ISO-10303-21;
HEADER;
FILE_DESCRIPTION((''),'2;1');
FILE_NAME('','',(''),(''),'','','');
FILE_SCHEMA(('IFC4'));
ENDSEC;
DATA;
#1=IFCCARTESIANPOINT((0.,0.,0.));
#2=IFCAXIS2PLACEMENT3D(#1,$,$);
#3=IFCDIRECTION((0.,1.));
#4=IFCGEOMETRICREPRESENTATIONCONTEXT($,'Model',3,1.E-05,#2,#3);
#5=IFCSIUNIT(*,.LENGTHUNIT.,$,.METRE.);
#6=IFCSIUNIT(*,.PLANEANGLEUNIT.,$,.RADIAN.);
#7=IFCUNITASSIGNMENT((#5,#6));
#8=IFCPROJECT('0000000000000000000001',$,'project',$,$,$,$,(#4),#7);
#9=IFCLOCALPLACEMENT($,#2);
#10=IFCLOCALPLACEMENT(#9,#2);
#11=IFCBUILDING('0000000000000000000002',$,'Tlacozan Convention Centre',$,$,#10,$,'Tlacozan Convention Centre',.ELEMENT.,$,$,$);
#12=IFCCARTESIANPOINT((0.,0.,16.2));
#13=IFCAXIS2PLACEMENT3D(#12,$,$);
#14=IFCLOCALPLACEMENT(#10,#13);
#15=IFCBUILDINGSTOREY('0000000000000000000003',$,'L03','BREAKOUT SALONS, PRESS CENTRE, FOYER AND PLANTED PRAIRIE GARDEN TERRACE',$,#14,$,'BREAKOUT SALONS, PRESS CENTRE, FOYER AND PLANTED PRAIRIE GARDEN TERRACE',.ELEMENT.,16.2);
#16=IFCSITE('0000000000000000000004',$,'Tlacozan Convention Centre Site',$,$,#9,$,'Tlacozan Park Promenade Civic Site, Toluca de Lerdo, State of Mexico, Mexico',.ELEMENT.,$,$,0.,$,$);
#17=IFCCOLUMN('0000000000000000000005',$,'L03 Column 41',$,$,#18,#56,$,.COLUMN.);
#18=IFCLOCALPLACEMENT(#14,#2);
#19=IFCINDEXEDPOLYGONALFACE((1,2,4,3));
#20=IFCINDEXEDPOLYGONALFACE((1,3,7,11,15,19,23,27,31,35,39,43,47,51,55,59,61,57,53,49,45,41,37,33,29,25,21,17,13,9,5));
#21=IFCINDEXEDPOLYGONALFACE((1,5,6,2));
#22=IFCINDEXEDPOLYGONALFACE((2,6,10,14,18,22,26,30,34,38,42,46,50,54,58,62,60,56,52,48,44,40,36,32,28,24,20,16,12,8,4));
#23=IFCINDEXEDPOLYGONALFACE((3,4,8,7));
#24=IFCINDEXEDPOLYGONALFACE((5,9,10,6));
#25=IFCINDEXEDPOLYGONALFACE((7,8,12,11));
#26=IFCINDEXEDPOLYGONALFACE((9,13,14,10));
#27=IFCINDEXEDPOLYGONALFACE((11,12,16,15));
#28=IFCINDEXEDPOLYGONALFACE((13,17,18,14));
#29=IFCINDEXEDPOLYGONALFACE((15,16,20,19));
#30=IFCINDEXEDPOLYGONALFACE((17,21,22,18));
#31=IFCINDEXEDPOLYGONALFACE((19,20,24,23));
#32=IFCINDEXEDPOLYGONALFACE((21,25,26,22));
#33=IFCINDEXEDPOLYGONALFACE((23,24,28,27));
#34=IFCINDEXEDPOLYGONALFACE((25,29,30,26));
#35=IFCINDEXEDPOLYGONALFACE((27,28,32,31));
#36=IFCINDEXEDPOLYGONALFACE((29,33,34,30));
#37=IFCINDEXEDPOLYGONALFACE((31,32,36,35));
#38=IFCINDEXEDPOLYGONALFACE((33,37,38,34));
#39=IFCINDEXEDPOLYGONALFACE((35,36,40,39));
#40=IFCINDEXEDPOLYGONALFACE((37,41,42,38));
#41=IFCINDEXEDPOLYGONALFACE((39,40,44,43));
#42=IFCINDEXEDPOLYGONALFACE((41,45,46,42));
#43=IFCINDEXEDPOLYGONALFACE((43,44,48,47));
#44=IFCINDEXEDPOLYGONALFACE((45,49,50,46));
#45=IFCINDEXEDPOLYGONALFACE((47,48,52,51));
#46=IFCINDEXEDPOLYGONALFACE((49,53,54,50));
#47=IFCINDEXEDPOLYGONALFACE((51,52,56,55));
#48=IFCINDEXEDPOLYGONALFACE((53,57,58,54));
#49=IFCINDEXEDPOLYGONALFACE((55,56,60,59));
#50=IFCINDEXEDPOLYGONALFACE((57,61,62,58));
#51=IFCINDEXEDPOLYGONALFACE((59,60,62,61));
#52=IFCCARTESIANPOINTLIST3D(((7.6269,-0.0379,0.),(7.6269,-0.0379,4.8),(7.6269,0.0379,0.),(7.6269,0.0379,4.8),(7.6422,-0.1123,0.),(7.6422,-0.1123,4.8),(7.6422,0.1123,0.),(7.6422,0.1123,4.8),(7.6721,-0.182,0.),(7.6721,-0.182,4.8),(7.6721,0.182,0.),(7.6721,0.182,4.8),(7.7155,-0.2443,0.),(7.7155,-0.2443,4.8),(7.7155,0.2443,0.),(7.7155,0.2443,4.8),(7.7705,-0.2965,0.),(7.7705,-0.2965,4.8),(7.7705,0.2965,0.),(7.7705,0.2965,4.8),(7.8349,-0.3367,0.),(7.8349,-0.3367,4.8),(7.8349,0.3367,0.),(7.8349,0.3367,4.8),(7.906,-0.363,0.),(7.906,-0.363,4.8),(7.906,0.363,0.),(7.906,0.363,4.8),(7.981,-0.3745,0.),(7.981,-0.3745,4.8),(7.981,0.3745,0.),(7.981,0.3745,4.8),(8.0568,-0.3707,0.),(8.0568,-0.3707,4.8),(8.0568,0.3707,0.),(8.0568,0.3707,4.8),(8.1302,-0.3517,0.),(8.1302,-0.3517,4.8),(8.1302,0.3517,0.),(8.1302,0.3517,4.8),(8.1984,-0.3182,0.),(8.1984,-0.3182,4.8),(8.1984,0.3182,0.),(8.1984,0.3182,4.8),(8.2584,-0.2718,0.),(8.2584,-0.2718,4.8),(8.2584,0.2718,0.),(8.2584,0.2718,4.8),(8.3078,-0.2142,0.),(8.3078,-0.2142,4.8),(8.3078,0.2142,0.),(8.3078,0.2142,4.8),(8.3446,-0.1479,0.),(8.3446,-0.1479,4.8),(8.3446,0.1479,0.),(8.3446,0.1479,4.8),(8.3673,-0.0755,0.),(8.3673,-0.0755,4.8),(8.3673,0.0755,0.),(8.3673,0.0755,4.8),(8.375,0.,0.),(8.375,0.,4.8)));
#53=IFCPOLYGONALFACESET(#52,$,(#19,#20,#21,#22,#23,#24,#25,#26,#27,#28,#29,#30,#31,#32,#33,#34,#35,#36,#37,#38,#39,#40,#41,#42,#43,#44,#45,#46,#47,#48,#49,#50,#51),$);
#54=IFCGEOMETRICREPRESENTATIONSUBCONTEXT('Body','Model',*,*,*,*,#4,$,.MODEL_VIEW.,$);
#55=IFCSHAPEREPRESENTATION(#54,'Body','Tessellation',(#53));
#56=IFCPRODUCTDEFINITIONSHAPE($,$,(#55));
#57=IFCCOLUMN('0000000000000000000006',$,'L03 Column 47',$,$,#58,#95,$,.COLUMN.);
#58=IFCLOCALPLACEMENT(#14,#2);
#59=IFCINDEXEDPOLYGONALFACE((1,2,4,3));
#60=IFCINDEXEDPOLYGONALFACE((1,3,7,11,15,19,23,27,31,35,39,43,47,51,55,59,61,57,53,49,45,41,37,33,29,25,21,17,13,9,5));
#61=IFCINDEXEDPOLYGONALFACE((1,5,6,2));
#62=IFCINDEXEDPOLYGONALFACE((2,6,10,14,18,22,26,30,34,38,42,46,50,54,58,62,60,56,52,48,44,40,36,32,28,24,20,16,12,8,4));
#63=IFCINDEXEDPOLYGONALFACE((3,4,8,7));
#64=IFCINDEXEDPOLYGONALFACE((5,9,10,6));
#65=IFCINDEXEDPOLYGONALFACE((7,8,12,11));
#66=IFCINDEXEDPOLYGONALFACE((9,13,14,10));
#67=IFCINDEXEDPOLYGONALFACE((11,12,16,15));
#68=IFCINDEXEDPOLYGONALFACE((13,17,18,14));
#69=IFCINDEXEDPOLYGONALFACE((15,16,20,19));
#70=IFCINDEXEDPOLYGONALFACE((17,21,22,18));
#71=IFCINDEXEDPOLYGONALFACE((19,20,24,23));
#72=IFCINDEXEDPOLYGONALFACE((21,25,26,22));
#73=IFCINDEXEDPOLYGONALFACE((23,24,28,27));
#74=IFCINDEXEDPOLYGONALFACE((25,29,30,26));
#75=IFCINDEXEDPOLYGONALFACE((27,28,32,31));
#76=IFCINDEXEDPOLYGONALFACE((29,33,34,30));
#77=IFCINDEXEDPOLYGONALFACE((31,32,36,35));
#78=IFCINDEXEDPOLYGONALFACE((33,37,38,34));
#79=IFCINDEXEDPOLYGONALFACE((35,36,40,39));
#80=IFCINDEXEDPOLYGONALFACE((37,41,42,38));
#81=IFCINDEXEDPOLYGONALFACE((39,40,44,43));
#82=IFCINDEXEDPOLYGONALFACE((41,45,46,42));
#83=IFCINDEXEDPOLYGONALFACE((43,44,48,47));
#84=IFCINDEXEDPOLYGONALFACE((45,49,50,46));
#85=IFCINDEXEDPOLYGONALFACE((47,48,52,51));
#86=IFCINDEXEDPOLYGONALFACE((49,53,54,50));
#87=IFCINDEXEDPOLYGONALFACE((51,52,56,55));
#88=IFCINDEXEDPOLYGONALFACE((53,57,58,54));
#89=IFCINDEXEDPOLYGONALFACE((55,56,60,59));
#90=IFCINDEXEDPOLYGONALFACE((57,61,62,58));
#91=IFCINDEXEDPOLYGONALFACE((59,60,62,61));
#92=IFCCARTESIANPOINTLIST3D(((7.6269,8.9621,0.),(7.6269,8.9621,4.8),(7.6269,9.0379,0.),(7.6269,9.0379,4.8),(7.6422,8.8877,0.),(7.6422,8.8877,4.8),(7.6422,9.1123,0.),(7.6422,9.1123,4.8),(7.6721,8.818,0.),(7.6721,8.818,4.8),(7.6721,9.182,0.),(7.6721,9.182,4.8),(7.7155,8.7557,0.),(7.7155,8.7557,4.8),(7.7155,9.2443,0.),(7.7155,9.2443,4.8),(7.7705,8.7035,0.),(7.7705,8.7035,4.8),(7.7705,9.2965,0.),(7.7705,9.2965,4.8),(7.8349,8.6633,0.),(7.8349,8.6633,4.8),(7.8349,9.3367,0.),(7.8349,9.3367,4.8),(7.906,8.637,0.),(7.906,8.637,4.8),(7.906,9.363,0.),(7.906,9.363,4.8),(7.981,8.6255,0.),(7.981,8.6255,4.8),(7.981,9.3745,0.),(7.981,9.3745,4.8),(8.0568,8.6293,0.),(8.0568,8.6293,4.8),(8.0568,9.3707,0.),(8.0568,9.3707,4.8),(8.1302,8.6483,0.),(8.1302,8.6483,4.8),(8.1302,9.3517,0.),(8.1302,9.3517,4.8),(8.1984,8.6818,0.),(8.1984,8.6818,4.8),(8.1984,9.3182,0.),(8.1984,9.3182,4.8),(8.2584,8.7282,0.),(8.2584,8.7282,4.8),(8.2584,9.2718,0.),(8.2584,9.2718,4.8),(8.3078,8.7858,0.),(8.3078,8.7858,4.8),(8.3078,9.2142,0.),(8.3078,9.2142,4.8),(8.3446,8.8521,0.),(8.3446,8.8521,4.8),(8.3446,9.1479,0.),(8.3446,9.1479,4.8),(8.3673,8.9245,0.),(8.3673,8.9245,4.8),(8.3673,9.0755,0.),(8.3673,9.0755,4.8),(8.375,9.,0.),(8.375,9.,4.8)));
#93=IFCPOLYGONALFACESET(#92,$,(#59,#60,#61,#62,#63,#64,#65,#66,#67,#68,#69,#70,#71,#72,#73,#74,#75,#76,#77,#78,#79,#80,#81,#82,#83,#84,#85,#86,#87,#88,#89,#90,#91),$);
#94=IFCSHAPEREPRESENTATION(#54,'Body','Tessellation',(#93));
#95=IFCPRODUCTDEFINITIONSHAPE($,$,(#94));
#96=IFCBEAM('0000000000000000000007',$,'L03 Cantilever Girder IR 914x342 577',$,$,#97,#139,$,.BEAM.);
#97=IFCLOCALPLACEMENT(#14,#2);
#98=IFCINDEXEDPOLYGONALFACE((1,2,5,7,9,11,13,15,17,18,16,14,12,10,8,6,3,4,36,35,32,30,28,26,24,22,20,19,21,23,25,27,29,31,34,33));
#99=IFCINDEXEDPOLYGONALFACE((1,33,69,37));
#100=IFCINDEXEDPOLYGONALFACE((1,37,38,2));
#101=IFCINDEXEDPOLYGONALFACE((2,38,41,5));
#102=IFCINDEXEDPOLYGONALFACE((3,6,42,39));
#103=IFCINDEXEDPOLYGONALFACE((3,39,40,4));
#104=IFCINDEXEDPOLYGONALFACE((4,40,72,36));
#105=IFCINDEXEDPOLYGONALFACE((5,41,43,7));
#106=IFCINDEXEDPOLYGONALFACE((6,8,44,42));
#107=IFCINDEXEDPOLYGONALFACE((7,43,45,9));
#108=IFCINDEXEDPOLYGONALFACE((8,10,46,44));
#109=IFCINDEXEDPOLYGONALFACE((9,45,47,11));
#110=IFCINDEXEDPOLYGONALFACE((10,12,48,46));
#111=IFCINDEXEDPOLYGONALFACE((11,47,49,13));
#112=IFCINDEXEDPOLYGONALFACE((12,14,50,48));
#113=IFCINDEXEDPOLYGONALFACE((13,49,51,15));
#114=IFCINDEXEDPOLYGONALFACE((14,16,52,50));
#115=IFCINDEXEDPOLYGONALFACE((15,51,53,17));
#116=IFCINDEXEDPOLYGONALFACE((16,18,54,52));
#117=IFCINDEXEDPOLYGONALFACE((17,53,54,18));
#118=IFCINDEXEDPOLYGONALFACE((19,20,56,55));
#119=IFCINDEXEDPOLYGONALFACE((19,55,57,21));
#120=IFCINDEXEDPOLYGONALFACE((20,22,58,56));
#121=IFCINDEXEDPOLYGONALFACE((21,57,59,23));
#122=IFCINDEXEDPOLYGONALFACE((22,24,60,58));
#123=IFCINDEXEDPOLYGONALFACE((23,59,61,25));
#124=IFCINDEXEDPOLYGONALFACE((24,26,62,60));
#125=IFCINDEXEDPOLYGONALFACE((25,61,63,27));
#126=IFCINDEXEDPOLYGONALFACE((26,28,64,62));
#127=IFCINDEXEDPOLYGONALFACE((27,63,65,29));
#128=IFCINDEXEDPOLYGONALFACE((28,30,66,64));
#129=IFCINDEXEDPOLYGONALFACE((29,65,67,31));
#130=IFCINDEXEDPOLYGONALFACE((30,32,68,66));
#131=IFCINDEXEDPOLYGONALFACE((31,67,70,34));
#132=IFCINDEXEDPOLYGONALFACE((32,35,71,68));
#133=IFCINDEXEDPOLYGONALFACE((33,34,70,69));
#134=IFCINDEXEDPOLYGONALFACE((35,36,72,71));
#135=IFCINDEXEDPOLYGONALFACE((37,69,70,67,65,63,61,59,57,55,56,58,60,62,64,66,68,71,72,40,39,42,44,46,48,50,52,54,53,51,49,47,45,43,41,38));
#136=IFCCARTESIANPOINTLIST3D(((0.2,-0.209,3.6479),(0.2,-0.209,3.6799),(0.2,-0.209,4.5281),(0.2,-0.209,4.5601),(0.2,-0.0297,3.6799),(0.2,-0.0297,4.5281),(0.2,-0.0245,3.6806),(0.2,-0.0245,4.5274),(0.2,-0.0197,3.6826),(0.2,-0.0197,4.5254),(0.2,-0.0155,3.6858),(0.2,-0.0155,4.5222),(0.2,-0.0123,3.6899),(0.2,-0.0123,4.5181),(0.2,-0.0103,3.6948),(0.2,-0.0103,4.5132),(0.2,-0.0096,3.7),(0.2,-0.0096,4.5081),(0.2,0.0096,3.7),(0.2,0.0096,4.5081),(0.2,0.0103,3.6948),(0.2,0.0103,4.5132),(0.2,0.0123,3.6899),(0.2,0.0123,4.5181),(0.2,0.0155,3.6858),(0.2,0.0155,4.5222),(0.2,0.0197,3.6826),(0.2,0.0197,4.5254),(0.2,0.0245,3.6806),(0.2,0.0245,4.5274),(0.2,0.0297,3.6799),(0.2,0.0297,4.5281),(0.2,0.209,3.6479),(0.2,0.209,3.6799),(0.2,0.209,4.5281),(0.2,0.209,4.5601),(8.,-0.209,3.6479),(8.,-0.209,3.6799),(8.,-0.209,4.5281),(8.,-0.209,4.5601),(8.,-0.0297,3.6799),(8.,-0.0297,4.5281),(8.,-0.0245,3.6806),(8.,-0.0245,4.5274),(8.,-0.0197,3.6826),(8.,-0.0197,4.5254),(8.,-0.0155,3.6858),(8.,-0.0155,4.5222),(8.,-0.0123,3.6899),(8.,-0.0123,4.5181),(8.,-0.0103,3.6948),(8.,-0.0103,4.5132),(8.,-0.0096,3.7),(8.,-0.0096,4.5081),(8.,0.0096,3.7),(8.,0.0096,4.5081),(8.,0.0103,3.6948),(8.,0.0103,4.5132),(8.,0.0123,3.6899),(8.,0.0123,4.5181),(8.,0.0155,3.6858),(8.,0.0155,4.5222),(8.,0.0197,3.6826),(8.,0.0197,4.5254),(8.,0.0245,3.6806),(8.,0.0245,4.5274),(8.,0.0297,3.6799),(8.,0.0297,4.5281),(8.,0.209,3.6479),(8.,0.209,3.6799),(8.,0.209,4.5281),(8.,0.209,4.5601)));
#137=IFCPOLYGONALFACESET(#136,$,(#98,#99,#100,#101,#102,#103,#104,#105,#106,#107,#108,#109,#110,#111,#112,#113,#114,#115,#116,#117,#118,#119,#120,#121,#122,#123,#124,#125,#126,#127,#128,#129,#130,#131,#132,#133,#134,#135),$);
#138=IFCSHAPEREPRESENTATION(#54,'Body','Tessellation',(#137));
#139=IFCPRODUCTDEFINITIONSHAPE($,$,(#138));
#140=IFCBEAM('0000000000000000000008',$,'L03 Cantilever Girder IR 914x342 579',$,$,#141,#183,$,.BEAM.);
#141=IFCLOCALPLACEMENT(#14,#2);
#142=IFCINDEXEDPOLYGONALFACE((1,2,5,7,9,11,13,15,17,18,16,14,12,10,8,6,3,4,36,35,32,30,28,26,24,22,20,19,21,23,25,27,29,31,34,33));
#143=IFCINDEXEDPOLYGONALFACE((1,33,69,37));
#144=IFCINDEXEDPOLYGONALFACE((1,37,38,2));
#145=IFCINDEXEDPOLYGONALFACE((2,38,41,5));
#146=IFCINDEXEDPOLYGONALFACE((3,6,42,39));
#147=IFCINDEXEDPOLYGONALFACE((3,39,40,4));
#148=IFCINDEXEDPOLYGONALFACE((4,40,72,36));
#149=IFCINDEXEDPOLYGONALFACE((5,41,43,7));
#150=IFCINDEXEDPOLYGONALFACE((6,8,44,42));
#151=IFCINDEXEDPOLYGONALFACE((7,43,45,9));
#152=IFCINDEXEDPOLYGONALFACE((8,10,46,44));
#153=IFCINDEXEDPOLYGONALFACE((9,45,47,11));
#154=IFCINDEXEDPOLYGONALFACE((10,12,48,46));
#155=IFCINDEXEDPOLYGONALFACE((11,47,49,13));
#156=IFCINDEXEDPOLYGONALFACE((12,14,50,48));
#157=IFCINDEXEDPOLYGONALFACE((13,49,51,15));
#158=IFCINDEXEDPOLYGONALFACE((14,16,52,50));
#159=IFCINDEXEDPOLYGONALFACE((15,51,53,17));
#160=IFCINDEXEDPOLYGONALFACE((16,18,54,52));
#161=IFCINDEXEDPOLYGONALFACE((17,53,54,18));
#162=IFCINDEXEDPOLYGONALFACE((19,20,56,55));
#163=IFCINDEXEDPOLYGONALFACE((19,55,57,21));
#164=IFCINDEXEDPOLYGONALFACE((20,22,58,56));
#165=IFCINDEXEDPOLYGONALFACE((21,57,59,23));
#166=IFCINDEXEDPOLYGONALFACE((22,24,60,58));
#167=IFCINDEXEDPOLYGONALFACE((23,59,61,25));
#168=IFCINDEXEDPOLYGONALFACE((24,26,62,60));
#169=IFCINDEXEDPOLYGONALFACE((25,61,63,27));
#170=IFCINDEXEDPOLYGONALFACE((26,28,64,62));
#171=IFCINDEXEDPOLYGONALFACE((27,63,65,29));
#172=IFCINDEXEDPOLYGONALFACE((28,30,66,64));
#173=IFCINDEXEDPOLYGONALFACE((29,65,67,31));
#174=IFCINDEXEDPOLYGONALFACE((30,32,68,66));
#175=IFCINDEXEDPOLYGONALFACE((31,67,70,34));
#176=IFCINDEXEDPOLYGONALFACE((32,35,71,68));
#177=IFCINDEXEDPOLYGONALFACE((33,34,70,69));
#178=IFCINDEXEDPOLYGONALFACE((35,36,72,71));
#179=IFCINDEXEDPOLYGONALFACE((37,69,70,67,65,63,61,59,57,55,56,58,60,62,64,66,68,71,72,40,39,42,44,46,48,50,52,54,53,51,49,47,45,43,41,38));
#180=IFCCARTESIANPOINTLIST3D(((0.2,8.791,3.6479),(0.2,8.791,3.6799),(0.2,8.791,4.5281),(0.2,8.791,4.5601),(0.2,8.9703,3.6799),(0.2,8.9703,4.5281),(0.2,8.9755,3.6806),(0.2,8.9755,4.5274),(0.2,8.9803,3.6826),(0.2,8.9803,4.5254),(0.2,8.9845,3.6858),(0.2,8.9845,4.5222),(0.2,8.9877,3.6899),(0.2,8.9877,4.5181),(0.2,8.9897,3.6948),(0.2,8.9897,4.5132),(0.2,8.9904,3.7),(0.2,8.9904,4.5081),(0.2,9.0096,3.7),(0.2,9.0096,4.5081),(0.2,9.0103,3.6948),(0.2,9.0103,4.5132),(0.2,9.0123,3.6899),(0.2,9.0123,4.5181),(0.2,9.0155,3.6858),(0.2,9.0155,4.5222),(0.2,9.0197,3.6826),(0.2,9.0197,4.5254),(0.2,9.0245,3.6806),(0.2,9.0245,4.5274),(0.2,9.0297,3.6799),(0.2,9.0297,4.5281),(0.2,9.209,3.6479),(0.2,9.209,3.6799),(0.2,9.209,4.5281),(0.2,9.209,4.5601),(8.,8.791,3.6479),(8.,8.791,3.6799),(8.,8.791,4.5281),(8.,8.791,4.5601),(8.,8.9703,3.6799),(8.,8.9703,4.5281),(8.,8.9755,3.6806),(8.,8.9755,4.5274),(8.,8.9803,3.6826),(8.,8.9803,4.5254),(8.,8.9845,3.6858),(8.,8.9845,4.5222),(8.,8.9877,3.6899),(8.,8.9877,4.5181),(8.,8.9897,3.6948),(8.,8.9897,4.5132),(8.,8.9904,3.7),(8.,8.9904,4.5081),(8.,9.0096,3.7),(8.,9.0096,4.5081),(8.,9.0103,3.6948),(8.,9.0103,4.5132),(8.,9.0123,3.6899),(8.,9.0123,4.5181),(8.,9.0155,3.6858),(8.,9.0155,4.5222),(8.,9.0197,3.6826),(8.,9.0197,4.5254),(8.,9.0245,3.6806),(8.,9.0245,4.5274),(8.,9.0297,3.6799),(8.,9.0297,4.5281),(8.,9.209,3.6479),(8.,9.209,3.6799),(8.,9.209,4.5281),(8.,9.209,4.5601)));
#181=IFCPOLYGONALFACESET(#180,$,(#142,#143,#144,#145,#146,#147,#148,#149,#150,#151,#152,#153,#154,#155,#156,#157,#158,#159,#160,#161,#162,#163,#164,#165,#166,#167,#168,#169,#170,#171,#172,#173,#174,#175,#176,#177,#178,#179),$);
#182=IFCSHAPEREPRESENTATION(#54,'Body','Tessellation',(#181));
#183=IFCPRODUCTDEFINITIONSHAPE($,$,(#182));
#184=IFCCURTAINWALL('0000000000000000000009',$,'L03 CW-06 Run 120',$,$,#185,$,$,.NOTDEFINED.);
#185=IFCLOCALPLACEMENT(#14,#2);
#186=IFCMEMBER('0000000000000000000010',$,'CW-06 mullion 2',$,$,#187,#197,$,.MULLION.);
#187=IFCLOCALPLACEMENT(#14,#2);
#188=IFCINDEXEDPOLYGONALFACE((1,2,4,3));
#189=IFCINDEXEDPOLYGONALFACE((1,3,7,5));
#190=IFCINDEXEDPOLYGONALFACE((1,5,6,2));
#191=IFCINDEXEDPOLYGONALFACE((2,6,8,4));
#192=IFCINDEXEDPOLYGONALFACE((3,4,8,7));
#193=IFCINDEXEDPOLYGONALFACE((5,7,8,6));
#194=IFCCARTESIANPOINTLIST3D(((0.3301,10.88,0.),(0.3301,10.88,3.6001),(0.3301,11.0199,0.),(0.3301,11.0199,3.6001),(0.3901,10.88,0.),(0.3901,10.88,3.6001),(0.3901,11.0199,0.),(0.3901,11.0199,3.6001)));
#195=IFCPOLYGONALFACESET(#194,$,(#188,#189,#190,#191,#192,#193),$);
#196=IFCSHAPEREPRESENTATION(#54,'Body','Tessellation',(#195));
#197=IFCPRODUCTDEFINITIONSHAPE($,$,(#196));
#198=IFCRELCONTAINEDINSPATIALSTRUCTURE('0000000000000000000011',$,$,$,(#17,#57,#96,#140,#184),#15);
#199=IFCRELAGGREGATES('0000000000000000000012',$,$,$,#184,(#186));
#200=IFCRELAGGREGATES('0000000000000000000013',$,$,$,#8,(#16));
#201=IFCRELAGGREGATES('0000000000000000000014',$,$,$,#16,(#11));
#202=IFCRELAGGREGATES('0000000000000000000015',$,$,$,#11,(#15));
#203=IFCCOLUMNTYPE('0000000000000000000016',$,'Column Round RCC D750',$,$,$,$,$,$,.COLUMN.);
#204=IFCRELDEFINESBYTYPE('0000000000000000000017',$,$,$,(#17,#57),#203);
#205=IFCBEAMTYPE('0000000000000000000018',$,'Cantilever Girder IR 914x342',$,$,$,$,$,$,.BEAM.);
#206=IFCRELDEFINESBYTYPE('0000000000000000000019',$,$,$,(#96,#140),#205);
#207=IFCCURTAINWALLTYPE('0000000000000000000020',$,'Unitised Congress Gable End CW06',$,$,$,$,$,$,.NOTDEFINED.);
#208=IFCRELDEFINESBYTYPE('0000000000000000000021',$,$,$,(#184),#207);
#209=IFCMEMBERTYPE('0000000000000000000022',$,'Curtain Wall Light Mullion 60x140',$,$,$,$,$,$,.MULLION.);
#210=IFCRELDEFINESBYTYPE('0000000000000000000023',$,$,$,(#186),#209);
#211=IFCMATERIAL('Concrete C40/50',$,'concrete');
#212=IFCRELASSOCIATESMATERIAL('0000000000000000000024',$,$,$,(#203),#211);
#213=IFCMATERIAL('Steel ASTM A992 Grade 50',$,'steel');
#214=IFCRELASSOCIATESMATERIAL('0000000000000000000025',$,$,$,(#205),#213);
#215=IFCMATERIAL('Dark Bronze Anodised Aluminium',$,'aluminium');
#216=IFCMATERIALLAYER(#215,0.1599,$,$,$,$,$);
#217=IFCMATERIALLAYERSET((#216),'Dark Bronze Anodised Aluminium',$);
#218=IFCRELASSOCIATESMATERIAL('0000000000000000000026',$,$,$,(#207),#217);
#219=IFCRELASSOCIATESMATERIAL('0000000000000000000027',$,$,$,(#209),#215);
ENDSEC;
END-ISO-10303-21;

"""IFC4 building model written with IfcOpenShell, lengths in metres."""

from ifc_helpers import new_model, si_unit, direction, frame, origin, origin_2d, place, context, subcontext, project, spatial, rectangle, circle, i_section, extrude, material, layer, layer_set, material_profile, profile_set, type_object, element, aggregate, save


model = new_model("IFC4")

# Units and contexts
model_context = context("Model", 3, precision=1e-05, world=origin(), true_north=direction((0.0, 1.0)))
body_context = subcontext(model_context, "Body", "Model", "MODEL_VIEW")
ifc_project = project(units=[si_unit("LENGTHUNIT", "METRE"), si_unit("PLANEANGLEUNIT", "RADIAN")], contexts=[model_context])

# Site, building, storey
site_placement = place(None, origin())
site = spatial("IfcSite", under=ifc_project, at=site_placement, Name="Tlacozan Convention Centre Site", LongName="Tlacozan Park Promenade Civic Site, Toluca de Lerdo, State of Mexico, Mexico", CompositionType="ELEMENT", RefElevation=0.0)
building_placement = place(site_placement, origin())
building = spatial("IfcBuilding", under=site, at=building_placement, Name="Tlacozan Convention Centre", LongName="Tlacozan Convention Centre", CompositionType="ELEMENT")
storey_placement = place(building_placement, frame((0.0, 0.0, 16.2)))
storey = spatial("IfcBuildingStorey", under=building, at=storey_placement, Name="L03", Description="BREAKOUT SALONS, PRESS CENTRE, FOYER AND PLANTED PRAIRIE GARDEN TERRACE", LongName="BREAKOUT SALONS, PRESS CENTRE, FOYER AND PLANTED PRAIRIE GARDEN TERRACE", CompositionType="ELEMENT", Elevation=16.2)

# Columns
ifc_material_1 = material(Name="Concrete C40/50", Category="concrete")
ifc_material_profile_1 = material_profile(ifc_material_1, circle(Radius=0.375, at=origin_2d()), Name="RCC D750")
ifc_profile_set_1 = profile_set([ifc_material_profile_1], Name="Concrete C40/50")
column_type = type_object("IfcColumnType", Name="Column Round RCC D750", PredefinedType="COLUMN", material=ifc_profile_set_1)
for number, where, z_axis, x_axis, name in (
    (1, (8.0, 0.0, 0.0), (0.0, 0.0, 1.0), (1.0, 0.0, 0.0), "L03 Column 41"),
    (2, (8.0, 9.0, 0.0), (0.0, 0.0, 1.0), (1.0, 0.0, 0.0), "L03 Column 47"),
):
    element("IfcColumn", number, at=place(storey_placement, frame(where, z_axis=z_axis, x_axis=x_axis)), inside=storey, type_object=column_type, Name=name, PredefinedType="COLUMN", context=body_context, shape_type="SweptSolid", body=[
        extrude(circle(Radius=0.375, at=origin_2d()), origin(), (0.0, 0.0, 1.0), 4.8),
    ])

# Beams
ifc_material_2 = material(Name="Steel ASTM A992 Grade 50", Category="steel")
ifc_material_profile_2 = material_profile(ifc_material_2, i_section(OverallWidth=0.418, OverallDepth=0.9121, WebThickness=0.0193, FlangeThickness=0.032, FilletRadius=0.02, at=origin_2d()), Name="IR 914x342.0")
ifc_profile_set_2 = profile_set([ifc_material_profile_2], Name="Steel ASTM A992 Grade 50")
beam_type_1 = type_object("IfcBeamType", Name="Cantilever Girder IR 914x342", PredefinedType="BEAM", material=ifc_profile_set_2)
for number, where, z_axis, x_axis, name in (
    (3, (8.0, 0.0, 4.104), (-1.0, 0.0, 0.0), (0.0, -1.0, 0.0), "L03 Cantilever Girder IR 914x342 577"),
    (4, (8.0, 9.0, 4.104), (-1.0, 0.0, 0.0), (0.0, -1.0, 0.0), "L03 Cantilever Girder IR 914x342 579"),
):
    element("IfcBeam", number, at=place(storey_placement, frame(where, z_axis=z_axis, x_axis=x_axis)), inside=storey, type_object=beam_type_1, Name=name, PredefinedType="BEAM", context=body_context, shape_type="SweptSolid", body=[
        extrude(i_section(OverallWidth=0.418, OverallDepth=0.9121, WebThickness=0.0193, FlangeThickness=0.032, FilletRadius=0.02, at=origin_2d()), origin(), (0.0, 0.0, 1.0), 7.8),
    ])

# Curtain wall, member
ifc_material_3 = material(Name="Dark Bronze Anodised Aluminium", Category="aluminium")
ifc_layer_1 = layer(ifc_material_3, 0.1599)
ifc_layer_set_1 = layer_set([ifc_layer_1], Name="Dark Bronze Anodised Aluminium")
curtain_wall_type_1 = type_object("IfcCurtainWallType", Name="Unitised Congress Gable End CW06", PredefinedType="NOTDEFINED", material=ifc_layer_set_1)
curtain_wall_1_placement = place(storey_placement, origin())
curtain_wall_1 = element("IfcCurtainWall", 5, at=curtain_wall_1_placement, inside=storey, type_object=curtain_wall_type_1, Name="L03 CW-06 Run 120", PredefinedType="NOTDEFINED")
ifc_material_profile_3 = material_profile(ifc_material_3, rectangle(XDim=0.0601, YDim=0.1399, at=origin_2d()), Name="ALU 60x140")
ifc_profile_set_3 = profile_set([ifc_material_profile_3], Name="Dark Bronze Anodised Aluminium")
member_type_1 = type_object("IfcMemberType", Name="Curtain Wall Light Mullion 60x140", PredefinedType="MULLION", material=ifc_profile_set_3)
member_1_placement = place(storey_placement, frame((0.3601, 10.95, 0.0), z_axis=(0.0, 0.0, 1.0), x_axis=(-1.0, 0.0, 0.0)))
member_1 = element("IfcMember", 6, at=member_1_placement, type_object=member_type_1, Name="CW-06 mullion 2", PredefinedType="MULLION", context=body_context, shape_type="SweptSolid", body=[
    extrude(rectangle(XDim=0.0601, YDim=0.1399, at=origin_2d()), origin(), (0.0, 0.0, 1.0), 3.6001),
])

aggregate(curtain_wall_1, [member_1])

save(model, "model.ifc")
